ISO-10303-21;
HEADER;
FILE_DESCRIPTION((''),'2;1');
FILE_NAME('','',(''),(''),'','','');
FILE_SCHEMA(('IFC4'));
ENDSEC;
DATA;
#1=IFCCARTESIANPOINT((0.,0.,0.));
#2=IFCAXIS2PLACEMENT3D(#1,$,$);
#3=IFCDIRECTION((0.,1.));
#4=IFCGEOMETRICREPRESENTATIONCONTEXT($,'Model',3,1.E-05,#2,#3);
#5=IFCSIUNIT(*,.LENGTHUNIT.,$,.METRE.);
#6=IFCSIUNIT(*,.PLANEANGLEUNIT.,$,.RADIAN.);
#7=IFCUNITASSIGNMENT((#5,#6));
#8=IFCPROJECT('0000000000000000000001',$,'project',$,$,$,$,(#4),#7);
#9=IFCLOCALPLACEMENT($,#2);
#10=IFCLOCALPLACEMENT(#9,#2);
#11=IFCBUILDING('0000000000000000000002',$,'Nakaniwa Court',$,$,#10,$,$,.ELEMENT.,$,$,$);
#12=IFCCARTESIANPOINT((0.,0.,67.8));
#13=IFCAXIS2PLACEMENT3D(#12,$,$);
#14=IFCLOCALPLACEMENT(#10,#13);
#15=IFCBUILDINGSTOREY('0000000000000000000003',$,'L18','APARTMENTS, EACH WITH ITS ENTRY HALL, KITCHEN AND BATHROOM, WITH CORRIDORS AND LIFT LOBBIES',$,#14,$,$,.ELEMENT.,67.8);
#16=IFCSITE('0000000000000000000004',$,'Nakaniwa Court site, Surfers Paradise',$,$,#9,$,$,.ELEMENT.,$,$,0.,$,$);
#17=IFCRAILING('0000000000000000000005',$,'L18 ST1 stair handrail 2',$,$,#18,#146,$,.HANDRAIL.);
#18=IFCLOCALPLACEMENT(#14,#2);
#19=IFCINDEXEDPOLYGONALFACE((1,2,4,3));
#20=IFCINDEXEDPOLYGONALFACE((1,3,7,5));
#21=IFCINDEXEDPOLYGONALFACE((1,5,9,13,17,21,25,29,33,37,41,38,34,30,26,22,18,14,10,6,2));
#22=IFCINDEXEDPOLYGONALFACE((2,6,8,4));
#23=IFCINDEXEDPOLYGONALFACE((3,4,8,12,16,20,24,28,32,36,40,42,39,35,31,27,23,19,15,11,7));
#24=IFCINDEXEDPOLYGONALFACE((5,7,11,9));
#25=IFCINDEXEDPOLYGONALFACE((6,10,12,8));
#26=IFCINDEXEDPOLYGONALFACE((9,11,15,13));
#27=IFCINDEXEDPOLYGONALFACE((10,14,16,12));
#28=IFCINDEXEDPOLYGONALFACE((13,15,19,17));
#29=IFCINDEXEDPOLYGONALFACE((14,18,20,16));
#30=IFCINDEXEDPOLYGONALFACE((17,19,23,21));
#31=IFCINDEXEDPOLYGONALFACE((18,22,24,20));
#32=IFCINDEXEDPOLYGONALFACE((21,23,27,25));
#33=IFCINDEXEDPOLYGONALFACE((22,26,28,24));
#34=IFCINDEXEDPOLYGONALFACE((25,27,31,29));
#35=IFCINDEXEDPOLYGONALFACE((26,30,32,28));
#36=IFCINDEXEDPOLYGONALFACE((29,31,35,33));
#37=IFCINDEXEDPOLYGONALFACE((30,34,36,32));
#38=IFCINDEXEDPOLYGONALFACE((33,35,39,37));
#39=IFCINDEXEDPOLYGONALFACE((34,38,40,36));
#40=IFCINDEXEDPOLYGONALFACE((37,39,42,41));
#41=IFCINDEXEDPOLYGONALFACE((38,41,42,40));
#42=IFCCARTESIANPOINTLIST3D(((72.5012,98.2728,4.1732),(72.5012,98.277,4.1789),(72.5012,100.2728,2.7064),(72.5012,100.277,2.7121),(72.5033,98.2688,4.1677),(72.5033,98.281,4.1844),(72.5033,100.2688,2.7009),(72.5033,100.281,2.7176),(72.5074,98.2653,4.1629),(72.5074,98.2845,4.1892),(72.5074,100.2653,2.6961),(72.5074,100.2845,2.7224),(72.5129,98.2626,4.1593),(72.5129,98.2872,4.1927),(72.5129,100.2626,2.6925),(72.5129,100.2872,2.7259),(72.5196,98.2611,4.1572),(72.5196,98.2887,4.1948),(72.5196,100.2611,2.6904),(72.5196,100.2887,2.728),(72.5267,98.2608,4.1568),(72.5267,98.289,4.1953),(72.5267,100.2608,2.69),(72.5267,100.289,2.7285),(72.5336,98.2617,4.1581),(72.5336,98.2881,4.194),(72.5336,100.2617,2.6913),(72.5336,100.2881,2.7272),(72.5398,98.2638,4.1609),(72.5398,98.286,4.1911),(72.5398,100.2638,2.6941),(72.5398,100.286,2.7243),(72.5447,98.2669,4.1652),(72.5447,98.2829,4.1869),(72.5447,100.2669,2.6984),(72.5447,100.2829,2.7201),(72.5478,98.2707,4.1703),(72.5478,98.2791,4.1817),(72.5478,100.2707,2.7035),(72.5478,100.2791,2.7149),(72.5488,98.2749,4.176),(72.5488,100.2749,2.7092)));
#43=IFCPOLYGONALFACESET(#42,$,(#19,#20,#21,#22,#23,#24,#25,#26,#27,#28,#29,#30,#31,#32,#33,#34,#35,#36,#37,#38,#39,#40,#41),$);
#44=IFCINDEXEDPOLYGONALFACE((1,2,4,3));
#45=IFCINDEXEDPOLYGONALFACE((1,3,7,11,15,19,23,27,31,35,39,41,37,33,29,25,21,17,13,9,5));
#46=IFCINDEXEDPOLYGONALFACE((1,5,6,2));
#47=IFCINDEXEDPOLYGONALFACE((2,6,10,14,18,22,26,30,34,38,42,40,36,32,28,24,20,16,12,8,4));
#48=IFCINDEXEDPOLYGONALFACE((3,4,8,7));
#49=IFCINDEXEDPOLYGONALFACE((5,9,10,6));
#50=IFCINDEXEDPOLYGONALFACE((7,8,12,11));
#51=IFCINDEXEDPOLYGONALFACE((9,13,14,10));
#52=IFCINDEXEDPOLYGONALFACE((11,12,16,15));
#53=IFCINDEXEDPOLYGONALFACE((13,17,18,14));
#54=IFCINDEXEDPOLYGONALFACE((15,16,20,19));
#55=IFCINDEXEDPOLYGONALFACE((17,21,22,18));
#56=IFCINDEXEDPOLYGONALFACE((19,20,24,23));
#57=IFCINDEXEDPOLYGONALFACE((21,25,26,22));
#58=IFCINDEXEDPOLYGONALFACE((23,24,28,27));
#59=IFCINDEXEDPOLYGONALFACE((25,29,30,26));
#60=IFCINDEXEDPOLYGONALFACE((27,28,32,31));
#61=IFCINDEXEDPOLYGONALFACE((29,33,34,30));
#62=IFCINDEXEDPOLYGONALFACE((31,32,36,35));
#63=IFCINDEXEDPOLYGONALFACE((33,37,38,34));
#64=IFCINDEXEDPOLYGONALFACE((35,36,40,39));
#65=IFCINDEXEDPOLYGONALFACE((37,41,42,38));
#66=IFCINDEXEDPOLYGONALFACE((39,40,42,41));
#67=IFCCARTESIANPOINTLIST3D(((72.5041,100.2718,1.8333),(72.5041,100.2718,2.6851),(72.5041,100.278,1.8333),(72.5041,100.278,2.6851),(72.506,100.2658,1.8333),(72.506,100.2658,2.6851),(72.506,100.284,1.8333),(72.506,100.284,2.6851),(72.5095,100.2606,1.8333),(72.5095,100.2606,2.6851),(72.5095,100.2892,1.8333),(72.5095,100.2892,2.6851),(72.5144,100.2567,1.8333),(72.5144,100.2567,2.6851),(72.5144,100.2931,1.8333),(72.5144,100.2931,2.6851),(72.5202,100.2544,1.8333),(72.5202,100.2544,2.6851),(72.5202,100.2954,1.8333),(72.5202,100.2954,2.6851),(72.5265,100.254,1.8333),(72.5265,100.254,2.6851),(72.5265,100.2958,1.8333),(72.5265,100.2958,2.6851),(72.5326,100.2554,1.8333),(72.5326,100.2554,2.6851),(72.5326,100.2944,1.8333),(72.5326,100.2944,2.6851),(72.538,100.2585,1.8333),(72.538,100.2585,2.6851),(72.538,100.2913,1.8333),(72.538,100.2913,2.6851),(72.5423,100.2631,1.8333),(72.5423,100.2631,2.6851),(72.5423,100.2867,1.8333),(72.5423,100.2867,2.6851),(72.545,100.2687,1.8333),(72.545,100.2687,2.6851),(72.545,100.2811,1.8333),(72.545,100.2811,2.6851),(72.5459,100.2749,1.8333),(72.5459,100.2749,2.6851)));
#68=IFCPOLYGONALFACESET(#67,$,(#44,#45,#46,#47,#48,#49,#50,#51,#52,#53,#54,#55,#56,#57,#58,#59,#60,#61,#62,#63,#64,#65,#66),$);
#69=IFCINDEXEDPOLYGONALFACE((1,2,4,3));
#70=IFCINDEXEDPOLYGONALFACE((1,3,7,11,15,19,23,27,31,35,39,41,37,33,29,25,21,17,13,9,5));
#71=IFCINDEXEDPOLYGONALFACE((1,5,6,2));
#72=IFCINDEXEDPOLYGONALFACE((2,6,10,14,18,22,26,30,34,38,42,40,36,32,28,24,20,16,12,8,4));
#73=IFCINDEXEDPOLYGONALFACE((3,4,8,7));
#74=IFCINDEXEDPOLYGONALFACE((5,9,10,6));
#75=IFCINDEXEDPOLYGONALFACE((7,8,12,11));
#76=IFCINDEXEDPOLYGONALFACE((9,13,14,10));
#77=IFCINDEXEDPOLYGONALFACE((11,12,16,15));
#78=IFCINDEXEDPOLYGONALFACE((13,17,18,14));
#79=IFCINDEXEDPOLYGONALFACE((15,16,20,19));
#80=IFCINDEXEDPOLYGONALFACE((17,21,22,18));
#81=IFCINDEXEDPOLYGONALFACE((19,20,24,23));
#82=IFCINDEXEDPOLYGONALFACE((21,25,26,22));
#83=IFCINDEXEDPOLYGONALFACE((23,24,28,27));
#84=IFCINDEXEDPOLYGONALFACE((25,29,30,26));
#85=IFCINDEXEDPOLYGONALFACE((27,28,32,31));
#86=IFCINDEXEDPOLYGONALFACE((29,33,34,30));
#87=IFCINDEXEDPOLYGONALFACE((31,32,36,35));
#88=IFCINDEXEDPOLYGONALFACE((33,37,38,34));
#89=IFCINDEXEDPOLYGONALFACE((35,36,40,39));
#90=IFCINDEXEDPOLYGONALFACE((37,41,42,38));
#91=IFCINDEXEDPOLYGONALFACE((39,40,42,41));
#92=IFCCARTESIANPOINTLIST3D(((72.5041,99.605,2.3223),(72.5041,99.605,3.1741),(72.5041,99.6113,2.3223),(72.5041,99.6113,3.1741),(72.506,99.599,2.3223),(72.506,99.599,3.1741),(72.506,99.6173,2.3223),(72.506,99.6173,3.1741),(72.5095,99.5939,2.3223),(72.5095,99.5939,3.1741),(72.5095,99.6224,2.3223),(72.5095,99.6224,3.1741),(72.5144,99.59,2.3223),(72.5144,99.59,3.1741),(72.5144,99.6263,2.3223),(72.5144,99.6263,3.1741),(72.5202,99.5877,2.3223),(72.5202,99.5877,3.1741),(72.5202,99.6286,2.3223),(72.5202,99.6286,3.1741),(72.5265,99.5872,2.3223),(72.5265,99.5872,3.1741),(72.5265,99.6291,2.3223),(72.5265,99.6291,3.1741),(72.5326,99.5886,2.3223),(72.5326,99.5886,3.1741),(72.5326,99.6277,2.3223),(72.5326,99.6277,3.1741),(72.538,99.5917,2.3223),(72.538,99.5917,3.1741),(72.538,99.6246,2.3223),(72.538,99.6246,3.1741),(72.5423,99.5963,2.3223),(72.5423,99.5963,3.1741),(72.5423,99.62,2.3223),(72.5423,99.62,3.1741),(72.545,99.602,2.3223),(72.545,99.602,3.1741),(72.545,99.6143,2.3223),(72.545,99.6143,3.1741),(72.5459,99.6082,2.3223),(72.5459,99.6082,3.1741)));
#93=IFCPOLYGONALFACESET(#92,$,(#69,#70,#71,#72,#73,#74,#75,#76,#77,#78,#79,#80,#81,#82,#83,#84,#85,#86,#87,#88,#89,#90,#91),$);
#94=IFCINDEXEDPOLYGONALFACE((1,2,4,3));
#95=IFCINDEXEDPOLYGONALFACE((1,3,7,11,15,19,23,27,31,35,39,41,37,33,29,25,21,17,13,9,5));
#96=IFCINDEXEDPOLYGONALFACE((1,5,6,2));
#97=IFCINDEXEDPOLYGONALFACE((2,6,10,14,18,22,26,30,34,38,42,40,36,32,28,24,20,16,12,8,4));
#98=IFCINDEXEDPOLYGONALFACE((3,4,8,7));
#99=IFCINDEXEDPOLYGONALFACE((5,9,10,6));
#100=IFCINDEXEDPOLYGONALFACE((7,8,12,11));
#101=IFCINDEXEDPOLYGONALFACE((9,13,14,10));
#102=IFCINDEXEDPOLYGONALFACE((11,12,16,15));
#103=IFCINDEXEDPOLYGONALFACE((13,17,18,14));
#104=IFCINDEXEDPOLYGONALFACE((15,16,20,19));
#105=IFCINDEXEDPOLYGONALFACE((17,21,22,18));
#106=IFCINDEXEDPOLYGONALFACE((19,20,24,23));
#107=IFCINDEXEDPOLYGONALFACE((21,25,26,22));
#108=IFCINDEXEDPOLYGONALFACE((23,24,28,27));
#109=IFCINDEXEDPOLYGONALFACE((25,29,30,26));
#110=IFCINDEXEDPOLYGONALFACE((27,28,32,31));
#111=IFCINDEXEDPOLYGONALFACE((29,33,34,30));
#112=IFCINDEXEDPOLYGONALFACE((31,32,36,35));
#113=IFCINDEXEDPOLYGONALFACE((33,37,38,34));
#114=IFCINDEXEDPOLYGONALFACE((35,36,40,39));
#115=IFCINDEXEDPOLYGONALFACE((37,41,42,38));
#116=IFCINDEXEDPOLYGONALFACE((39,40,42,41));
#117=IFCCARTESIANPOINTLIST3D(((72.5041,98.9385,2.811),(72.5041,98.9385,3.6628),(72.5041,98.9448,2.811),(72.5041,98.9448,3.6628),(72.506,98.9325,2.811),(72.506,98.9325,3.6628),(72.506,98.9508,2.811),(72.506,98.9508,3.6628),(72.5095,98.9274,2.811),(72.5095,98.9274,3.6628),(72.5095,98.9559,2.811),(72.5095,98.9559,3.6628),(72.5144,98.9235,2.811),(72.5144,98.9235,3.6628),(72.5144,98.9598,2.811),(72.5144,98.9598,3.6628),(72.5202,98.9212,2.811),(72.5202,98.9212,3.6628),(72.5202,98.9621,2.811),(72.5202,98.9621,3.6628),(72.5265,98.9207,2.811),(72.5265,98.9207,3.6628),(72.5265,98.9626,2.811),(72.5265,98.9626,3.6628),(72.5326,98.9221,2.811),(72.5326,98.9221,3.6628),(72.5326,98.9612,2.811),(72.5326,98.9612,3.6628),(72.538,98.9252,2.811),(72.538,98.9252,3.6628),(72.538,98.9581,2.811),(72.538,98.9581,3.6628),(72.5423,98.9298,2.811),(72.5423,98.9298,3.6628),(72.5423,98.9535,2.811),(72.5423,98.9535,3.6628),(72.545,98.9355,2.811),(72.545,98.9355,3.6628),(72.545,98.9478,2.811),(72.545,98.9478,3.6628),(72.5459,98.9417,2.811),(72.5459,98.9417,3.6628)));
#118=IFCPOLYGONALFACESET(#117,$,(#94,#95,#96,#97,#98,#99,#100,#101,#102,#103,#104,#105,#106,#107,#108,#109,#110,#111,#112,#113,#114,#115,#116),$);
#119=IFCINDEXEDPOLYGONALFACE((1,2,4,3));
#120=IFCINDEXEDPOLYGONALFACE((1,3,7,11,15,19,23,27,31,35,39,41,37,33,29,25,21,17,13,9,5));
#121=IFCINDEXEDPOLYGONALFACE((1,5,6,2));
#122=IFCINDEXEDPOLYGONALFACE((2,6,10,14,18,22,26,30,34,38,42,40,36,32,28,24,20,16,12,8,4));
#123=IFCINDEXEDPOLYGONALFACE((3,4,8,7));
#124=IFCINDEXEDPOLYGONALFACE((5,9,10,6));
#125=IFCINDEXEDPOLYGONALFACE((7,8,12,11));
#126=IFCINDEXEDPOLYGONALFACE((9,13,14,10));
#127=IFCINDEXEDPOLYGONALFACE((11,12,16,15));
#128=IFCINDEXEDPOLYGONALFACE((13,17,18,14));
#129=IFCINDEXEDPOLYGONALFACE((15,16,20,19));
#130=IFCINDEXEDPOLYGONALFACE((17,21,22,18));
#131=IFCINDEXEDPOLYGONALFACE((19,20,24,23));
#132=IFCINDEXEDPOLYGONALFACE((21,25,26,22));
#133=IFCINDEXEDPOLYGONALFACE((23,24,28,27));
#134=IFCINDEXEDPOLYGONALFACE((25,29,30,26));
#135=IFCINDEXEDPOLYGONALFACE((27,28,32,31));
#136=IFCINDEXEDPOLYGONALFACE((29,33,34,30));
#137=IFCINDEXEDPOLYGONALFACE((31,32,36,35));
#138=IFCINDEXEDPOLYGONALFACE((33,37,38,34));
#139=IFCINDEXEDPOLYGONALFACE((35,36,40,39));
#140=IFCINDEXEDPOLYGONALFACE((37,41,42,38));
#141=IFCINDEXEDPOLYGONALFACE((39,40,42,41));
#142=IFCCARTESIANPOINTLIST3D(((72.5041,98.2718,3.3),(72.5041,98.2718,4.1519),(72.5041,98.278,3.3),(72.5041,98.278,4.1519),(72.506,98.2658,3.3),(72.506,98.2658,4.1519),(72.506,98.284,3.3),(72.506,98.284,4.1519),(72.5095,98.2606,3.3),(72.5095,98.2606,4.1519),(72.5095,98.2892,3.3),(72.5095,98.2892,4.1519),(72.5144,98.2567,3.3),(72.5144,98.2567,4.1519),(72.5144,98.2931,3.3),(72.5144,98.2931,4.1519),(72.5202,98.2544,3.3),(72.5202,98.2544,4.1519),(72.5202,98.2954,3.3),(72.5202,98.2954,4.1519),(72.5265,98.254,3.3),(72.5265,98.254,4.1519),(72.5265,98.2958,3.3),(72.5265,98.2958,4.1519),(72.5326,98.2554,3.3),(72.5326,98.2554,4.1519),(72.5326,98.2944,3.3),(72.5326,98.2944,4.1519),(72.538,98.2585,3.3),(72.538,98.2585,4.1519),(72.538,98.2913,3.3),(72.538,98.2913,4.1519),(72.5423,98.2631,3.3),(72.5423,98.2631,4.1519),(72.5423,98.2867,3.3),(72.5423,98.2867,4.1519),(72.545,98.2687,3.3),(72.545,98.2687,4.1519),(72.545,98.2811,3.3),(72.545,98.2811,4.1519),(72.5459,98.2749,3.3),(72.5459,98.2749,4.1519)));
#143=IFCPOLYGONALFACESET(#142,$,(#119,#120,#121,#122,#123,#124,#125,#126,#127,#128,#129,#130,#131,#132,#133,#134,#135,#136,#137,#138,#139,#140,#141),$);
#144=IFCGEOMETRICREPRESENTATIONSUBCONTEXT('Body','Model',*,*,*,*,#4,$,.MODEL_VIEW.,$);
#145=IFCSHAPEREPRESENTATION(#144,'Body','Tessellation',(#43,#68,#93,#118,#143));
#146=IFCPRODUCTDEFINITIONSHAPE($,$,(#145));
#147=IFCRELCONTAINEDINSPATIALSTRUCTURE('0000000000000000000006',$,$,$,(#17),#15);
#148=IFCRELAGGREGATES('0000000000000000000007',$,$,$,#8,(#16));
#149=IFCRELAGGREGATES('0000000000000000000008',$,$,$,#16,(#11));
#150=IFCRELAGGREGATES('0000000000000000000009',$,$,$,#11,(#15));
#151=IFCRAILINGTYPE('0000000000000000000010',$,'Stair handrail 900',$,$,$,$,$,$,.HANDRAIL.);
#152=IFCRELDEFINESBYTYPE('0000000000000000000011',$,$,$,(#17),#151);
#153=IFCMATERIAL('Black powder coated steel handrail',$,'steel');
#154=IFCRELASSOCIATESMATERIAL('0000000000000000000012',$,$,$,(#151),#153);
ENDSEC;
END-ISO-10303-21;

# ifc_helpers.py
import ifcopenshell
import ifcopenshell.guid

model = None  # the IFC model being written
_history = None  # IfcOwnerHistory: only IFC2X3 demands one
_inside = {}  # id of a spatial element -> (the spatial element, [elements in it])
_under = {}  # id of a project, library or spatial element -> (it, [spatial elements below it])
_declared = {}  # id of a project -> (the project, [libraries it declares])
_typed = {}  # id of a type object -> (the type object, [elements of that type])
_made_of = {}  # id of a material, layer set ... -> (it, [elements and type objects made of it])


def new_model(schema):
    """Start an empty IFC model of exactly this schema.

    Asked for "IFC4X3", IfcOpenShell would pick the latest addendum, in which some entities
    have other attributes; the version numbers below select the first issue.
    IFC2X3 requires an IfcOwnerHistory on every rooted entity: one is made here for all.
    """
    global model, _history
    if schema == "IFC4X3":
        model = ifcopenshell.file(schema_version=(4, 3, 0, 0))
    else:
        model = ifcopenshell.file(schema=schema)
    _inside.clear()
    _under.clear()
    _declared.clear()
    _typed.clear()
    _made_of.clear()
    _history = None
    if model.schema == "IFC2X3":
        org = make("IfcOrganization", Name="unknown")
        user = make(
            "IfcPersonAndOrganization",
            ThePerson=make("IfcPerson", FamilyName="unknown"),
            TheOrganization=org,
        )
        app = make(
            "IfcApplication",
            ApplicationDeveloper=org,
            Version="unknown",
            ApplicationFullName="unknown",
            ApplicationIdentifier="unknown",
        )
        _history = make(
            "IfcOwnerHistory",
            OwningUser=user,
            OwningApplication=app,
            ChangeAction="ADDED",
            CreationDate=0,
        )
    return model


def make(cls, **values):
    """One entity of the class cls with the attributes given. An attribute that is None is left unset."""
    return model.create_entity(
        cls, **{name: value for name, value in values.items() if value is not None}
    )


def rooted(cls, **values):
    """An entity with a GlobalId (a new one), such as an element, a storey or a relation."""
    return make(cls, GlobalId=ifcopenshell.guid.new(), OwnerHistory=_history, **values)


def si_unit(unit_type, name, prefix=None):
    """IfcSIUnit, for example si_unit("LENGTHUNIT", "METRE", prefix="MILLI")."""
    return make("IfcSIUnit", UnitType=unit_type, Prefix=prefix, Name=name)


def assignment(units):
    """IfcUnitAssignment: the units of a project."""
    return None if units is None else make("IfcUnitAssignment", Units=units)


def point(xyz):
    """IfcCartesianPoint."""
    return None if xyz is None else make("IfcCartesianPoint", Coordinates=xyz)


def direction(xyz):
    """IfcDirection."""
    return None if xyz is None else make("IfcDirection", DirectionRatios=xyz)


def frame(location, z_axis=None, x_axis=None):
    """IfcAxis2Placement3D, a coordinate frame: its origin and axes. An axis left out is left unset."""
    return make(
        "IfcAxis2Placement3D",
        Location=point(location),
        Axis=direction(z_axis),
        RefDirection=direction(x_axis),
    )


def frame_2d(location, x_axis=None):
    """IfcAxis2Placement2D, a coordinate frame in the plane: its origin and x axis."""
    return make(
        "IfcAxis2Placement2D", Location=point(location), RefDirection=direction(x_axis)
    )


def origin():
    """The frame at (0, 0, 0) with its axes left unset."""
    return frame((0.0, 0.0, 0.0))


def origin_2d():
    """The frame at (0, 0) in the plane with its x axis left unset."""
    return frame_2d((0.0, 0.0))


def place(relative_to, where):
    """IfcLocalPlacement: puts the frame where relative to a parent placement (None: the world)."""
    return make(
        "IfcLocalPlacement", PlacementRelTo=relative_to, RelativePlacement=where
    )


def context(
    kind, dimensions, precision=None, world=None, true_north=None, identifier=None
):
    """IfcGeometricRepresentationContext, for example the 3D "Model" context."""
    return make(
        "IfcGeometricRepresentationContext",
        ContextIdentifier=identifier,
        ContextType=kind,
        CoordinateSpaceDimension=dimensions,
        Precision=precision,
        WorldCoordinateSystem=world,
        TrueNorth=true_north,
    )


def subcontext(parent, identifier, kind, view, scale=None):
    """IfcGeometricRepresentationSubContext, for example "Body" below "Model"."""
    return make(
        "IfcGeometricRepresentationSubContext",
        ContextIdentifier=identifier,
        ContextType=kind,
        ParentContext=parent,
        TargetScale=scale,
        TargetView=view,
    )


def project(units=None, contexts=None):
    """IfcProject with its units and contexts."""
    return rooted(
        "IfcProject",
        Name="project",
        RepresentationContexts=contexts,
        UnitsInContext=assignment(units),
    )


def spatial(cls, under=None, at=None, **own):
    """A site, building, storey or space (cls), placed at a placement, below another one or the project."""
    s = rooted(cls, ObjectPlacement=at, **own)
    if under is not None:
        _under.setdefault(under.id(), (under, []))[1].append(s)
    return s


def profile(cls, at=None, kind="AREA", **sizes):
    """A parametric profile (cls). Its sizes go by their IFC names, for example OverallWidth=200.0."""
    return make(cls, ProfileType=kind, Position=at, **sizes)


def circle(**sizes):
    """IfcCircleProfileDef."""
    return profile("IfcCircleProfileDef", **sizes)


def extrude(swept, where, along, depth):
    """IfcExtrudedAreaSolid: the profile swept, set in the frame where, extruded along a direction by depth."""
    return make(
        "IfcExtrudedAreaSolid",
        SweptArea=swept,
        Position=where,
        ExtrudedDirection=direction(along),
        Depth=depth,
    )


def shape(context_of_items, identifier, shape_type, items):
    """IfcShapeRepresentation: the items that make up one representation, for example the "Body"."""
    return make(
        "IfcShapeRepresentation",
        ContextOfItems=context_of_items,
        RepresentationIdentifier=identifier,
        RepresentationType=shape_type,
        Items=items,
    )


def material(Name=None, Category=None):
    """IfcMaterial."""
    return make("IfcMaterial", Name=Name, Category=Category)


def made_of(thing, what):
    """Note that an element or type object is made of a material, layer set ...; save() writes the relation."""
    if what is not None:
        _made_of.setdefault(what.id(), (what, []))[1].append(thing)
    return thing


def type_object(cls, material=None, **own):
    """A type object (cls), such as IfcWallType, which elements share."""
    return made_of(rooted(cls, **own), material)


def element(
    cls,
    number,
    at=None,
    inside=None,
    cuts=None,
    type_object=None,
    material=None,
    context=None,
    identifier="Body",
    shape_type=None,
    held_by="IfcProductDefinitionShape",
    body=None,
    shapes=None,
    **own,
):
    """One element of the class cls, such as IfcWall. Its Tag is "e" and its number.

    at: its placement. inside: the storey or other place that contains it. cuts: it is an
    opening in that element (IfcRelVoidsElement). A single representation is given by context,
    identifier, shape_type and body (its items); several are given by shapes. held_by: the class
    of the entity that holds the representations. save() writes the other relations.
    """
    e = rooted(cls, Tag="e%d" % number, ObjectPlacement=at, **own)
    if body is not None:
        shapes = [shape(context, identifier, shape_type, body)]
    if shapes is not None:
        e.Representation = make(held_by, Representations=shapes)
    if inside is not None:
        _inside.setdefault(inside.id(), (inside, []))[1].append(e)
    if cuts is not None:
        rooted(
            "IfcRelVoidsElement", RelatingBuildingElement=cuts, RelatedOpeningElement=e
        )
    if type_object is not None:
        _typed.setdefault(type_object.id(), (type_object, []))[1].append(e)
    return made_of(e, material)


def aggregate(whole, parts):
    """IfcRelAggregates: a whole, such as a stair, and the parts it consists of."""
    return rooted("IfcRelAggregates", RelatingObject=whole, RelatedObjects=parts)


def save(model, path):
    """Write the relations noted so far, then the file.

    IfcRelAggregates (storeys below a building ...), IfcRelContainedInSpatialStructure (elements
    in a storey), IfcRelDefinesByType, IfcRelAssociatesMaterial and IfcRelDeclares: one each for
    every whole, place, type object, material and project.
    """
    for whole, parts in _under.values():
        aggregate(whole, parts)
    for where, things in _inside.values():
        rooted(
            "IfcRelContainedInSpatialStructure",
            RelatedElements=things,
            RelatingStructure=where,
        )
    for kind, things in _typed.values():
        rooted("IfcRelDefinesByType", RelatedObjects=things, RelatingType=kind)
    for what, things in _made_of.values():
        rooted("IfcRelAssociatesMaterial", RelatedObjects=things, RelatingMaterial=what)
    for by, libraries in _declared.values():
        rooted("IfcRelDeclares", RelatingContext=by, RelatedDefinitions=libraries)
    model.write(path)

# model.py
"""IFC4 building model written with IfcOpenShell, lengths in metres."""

from ifc_helpers import new_model, si_unit, direction, frame, origin, origin_2d, place, context, subcontext, project, spatial, circle, extrude, material, type_object, element, save


model = new_model("IFC4")

# Units and contexts
model_context = context("Model", 3, precision=1e-05, world=origin(), true_north=direction((0.0, 1.0)))
body_context = subcontext(model_context, "Body", "Model", "MODEL_VIEW")
ifc_project = project(units=[si_unit("LENGTHUNIT", "METRE"), si_unit("PLANEANGLEUNIT", "RADIAN")], contexts=[model_context])

# Site, building, storey
site_placement = place(None, origin())
site = spatial("IfcSite", under=ifc_project, at=site_placement, Name="Nakaniwa Court site, Surfers Paradise", CompositionType="ELEMENT", RefElevation=0.0)
building_placement = place(site_placement, origin())
building = spatial("IfcBuilding", under=site, at=building_placement, Name="Nakaniwa Court", CompositionType="ELEMENT")
storey_placement = place(building_placement, frame((0.0, 0.0, 67.8)))
storey = spatial("IfcBuildingStorey", under=building, at=storey_placement, Name="L18", Description="APARTMENTS, EACH WITH ITS ENTRY HALL, KITCHEN AND BATHROOM, WITH CORRIDORS AND LIFT LOBBIES", CompositionType="ELEMENT", Elevation=67.8)

# Railing
ifc_material_1 = material(Name="Black powder coated steel handrail", Category="steel")
railing_type_1 = type_object("IfcRailingType", Name="Stair handrail 900", PredefinedType="HANDRAIL", material=ifc_material_1)
railing_1_placement = place(storey_placement, frame((72.5249, 100.2749, 1.8333)))
element("IfcRailing", 1, at=railing_1_placement, inside=storey, type_object=railing_type_1, Name="L18 ST1 stair handrail 2", PredefinedType="HANDRAIL", context=body_context, shape_type="SweptSolid", body=[
    extrude(circle(Radius=0.0239, at=origin_2d()), frame((0.0, 0.0, 0.876), z_axis=(0.0, -0.80638, 0.591398), x_axis=(1.0, 0.0, 0.0)), (0.0, 0.0, 1.0), 2.4802),
    extrude(circle(Radius=0.021, at=origin_2d()), origin(), (0.0, 0.0, 1.0), 0.8518),
    extrude(circle(Radius=0.021, at=origin_2d()), frame((0.0, -0.6667, 0.489)), (0.0, 0.0, 1.0), 0.8518),
    extrude(circle(Radius=0.021, at=origin_2d()), frame((0.0, -1.3333, 0.9778)), (0.0, 0.0, 1.0), 0.8518),
    extrude(circle(Radius=0.021, at=origin_2d()), frame((0.0, -2.0, 1.4668)), (0.0, 0.0, 1.0), 0.8518),
])

save(model, "model.ifc")
